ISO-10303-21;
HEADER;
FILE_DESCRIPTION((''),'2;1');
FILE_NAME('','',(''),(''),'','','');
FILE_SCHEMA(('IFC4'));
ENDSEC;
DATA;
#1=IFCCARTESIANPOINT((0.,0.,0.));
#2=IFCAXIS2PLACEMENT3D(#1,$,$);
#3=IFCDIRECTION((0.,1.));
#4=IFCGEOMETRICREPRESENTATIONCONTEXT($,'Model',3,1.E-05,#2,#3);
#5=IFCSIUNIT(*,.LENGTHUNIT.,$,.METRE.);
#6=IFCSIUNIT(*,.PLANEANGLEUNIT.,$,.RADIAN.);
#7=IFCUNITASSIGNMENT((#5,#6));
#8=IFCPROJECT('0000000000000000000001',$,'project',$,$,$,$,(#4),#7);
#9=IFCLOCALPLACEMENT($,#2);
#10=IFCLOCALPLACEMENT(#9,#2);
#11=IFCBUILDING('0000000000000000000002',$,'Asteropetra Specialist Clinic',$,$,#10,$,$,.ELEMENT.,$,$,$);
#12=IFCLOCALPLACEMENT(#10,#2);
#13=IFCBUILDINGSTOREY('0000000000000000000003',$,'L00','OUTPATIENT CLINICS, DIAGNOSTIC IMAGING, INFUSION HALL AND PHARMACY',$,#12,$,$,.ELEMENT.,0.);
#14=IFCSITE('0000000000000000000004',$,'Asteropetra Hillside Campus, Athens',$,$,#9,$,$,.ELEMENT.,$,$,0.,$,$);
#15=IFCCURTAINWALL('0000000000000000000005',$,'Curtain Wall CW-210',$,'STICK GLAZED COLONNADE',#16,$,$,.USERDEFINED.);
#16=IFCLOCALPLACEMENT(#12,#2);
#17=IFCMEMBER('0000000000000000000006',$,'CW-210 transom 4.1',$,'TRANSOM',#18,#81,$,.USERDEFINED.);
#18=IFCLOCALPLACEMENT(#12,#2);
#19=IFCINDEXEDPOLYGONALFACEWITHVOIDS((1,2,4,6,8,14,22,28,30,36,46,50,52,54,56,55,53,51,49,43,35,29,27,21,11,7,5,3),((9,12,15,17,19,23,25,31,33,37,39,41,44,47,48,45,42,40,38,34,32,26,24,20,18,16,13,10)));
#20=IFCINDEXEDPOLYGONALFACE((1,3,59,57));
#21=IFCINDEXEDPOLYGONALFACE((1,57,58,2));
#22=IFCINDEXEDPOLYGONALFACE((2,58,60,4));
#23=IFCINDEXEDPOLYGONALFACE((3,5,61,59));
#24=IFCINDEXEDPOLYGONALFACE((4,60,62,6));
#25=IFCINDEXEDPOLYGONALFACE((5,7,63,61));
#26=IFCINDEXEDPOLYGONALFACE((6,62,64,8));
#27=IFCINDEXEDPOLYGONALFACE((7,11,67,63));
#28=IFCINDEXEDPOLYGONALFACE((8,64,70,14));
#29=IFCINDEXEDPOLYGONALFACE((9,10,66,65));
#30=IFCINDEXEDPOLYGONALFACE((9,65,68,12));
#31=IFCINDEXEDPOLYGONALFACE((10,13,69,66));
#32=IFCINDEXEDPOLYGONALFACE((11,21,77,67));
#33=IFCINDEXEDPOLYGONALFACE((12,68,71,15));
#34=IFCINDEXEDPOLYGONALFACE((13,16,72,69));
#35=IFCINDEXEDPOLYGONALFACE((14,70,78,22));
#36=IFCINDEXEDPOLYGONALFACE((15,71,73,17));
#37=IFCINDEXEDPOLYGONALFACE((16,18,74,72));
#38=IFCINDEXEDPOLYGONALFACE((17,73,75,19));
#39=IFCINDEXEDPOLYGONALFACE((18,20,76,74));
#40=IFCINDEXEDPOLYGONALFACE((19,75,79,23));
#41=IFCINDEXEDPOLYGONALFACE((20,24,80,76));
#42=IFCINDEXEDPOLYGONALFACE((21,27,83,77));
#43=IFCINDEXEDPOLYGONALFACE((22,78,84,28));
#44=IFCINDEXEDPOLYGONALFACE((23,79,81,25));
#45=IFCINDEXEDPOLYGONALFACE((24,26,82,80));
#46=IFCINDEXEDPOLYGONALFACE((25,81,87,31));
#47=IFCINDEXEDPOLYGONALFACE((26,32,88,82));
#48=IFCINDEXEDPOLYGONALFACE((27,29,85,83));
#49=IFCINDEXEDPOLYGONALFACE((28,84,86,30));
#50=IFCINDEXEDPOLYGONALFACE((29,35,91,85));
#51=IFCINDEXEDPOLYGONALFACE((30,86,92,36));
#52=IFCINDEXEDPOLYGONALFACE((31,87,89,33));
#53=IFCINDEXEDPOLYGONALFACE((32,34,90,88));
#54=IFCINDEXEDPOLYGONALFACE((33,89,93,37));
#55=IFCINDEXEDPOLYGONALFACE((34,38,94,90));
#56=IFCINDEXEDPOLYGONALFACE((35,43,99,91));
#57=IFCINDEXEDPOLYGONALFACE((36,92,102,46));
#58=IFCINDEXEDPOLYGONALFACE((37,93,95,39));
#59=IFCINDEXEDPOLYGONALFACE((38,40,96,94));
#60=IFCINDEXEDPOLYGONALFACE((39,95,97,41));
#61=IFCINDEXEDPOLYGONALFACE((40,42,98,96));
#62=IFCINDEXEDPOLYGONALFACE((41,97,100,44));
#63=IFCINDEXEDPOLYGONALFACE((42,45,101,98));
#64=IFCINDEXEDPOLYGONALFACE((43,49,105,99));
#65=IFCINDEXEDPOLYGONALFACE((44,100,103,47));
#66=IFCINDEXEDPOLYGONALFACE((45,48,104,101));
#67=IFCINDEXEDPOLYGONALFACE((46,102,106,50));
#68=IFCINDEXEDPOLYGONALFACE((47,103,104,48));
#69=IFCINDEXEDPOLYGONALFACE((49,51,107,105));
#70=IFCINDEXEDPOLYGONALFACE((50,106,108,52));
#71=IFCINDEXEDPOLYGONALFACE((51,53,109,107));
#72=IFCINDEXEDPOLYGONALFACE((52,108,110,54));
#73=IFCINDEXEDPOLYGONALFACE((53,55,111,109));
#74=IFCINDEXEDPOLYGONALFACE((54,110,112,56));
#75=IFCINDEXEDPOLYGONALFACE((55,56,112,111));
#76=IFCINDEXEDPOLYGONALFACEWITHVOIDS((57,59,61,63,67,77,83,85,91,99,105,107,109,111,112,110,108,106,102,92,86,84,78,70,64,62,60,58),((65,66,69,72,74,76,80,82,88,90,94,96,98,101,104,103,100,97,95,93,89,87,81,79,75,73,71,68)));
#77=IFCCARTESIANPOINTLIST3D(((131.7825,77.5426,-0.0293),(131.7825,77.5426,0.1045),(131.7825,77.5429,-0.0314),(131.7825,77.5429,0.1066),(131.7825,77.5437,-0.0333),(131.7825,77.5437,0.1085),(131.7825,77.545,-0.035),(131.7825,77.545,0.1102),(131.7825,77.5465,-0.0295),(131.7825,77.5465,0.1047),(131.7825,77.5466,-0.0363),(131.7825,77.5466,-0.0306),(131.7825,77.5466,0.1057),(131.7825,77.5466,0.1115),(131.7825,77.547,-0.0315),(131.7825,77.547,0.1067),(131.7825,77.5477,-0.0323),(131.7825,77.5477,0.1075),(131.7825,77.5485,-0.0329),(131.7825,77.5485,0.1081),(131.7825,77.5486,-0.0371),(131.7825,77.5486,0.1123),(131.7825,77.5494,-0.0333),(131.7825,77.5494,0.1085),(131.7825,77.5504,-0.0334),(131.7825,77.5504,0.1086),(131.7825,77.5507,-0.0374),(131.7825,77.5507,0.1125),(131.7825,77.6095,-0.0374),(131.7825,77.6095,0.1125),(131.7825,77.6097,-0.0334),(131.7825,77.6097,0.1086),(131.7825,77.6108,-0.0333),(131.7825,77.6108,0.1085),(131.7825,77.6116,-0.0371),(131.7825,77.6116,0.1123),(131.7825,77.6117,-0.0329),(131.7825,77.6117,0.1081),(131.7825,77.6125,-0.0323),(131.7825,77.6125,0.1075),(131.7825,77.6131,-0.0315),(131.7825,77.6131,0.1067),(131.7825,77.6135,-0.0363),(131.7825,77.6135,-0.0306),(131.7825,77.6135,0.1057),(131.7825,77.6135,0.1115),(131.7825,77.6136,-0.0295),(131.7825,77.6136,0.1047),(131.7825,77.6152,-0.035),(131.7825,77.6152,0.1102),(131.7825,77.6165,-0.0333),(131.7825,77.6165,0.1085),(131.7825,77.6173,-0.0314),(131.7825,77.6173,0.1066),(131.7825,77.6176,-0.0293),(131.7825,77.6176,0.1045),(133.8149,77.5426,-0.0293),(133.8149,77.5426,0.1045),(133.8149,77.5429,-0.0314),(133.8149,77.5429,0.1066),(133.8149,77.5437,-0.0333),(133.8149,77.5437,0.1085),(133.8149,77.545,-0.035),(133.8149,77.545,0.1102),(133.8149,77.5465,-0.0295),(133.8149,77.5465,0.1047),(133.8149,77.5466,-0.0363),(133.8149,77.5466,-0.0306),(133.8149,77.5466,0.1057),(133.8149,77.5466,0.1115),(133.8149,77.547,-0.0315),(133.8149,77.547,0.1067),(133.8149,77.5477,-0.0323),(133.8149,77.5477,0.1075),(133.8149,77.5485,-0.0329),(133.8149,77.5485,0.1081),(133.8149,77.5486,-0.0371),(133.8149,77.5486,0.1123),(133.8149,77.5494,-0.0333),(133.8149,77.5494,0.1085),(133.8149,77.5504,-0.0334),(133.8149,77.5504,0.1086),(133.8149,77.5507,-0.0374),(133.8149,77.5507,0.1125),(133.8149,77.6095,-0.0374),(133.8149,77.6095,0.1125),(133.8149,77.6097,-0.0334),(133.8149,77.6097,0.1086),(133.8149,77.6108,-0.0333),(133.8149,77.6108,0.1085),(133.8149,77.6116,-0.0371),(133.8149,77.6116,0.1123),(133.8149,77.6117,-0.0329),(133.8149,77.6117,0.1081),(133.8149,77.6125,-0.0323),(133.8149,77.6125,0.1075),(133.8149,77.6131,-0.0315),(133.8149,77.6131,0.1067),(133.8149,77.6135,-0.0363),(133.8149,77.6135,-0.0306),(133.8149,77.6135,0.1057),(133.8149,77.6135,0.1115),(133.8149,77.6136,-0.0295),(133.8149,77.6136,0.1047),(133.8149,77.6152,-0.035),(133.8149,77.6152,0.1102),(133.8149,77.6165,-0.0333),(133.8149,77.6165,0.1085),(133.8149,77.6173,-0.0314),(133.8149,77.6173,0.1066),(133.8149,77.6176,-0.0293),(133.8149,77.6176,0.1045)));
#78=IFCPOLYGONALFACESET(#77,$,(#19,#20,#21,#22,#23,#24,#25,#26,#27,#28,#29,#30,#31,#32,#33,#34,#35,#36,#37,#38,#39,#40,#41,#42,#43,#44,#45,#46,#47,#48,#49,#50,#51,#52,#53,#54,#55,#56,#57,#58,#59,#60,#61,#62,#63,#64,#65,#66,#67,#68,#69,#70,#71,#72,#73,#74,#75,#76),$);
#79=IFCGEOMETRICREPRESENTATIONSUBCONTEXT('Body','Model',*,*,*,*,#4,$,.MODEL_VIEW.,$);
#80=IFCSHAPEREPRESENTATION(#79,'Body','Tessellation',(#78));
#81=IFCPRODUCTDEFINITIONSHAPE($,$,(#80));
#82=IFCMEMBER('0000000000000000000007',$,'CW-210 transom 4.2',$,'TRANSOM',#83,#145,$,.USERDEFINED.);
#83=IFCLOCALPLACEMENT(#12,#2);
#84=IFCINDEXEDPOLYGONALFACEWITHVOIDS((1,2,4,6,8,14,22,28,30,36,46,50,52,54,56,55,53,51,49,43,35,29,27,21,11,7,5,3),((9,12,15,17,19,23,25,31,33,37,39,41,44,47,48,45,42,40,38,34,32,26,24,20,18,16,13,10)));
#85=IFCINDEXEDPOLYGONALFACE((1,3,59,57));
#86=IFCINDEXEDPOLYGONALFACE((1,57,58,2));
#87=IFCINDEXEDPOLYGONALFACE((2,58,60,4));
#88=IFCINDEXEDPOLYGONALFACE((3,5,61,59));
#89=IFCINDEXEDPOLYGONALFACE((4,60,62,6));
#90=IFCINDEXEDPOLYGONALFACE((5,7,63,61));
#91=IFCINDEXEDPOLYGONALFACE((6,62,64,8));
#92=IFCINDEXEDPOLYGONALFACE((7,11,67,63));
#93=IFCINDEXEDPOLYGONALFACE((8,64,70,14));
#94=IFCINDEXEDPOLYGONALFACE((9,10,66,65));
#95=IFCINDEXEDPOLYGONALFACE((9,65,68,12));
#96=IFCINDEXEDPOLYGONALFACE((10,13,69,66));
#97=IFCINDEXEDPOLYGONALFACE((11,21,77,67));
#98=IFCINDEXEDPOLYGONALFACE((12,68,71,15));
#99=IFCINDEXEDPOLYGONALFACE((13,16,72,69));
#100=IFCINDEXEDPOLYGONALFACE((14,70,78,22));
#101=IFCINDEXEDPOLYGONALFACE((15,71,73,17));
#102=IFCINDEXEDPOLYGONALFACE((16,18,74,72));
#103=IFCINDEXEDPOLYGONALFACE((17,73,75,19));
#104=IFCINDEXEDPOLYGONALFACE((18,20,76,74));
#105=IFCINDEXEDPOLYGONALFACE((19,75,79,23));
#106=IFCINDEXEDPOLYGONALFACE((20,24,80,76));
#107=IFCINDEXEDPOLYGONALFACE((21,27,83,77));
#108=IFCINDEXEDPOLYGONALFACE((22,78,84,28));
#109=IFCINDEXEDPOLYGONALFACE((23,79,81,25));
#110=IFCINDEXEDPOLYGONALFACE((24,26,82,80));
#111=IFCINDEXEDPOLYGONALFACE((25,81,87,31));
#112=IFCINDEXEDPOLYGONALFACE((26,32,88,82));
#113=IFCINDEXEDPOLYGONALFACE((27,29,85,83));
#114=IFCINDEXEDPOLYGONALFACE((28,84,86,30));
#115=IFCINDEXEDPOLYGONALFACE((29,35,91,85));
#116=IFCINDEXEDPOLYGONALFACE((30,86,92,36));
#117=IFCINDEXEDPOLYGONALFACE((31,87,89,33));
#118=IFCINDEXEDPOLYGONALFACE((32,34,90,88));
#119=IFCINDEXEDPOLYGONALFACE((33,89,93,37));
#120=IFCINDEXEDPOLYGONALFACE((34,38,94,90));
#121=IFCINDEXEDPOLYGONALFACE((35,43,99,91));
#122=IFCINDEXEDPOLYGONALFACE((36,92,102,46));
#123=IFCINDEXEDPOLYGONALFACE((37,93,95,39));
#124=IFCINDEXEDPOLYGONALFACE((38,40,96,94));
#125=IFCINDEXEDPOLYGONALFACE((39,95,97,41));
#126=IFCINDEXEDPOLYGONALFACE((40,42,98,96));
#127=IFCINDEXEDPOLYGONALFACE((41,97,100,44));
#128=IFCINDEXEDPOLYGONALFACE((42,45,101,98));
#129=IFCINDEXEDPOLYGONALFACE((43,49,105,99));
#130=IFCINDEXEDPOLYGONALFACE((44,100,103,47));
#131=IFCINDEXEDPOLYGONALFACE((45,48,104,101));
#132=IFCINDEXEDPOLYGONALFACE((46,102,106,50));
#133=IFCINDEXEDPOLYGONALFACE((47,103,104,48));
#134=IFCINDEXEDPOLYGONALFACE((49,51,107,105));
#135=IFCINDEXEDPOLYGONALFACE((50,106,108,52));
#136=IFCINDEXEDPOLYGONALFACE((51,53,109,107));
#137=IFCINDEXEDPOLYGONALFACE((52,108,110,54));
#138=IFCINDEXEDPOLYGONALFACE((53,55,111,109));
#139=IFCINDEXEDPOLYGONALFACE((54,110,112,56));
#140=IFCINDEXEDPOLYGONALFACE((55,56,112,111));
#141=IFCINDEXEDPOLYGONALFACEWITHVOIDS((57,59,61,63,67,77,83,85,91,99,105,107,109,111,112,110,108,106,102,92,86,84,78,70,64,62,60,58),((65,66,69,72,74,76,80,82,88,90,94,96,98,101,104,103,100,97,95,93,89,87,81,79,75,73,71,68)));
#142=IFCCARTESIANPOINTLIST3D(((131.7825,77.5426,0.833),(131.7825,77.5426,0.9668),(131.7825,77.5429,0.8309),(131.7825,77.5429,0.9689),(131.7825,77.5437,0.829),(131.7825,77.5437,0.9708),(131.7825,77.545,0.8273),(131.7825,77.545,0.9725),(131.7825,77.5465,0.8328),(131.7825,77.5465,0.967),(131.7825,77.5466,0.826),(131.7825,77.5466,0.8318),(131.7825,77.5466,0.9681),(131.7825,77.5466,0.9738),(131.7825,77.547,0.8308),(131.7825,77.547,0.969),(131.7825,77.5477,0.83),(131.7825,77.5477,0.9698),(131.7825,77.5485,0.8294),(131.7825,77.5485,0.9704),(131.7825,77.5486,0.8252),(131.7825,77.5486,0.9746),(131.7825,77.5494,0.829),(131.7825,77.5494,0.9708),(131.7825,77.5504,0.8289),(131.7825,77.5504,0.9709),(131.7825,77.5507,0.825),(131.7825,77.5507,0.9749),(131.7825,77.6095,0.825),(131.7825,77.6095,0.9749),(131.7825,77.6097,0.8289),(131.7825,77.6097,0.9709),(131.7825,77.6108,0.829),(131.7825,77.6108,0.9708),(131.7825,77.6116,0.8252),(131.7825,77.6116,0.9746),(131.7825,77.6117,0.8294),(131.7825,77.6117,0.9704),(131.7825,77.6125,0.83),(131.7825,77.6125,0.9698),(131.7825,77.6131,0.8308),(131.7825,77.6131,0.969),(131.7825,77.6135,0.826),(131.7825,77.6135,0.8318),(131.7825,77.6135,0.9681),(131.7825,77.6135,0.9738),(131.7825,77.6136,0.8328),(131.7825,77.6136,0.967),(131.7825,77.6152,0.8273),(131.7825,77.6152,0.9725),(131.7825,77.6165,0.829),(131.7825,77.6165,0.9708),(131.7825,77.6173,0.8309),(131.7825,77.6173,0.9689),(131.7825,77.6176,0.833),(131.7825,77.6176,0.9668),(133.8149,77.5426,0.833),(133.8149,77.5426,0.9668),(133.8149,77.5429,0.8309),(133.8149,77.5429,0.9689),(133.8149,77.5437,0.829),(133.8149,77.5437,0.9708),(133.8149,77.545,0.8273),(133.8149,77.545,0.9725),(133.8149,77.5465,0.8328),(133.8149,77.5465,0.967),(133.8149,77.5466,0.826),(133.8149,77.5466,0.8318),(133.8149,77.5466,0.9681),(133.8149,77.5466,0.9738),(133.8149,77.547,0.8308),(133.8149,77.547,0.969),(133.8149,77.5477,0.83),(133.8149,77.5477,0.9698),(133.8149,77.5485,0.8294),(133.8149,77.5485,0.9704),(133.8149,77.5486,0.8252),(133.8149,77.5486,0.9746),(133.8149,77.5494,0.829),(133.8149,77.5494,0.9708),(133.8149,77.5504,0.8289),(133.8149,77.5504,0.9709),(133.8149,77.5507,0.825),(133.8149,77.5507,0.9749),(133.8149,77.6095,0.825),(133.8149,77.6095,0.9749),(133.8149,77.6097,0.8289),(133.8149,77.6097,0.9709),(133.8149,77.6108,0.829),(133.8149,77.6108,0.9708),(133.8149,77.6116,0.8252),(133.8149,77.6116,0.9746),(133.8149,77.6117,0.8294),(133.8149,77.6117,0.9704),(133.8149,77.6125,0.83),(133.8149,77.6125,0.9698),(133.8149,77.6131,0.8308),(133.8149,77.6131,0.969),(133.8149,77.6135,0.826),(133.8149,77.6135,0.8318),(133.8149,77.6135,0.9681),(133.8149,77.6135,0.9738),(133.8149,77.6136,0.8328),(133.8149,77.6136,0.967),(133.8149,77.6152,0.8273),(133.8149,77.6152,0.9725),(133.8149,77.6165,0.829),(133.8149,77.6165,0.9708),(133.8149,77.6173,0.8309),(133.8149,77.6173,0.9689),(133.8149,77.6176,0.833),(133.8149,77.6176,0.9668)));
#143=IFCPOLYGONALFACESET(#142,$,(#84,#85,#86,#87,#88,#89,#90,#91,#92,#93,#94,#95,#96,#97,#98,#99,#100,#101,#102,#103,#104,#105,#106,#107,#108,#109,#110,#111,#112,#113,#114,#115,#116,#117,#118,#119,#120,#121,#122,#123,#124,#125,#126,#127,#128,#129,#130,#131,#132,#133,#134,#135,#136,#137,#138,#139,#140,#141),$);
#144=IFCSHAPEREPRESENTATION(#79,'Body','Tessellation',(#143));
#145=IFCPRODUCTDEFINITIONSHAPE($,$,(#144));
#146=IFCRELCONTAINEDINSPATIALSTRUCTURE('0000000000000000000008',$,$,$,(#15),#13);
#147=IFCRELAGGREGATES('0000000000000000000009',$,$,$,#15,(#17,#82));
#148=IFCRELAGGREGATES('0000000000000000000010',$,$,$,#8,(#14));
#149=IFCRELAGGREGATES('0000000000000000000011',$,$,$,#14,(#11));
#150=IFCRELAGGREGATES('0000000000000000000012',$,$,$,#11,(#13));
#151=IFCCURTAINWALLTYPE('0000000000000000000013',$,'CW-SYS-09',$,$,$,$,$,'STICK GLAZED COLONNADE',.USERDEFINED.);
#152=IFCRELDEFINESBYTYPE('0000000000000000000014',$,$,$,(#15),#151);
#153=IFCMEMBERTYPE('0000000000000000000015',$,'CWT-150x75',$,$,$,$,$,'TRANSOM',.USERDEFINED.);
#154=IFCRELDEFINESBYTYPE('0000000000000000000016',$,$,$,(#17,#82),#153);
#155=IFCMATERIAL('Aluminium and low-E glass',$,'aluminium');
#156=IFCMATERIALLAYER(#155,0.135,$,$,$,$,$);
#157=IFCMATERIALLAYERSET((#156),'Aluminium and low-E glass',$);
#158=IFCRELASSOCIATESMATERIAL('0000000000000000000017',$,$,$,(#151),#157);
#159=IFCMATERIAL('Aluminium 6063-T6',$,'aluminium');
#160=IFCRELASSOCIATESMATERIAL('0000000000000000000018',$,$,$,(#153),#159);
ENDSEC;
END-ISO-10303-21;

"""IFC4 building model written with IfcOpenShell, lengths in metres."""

from ifc_helpers import new_model, si_unit, direction, frame, origin, origin_2d, place, context, subcontext, project, spatial, hollow_rectangle, extrude, material, layer, layer_set, material_profile, profile_set, type_object, element, aggregate, save


model = new_model("IFC4")

# Units and contexts
model_context = context("Model", 3, precision=1e-05, world=origin(), true_north=direction((0.0, 1.0)))
body_context = subcontext(model_context, "Body", "Model", "MODEL_VIEW")
ifc_project = project(units=[si_unit("LENGTHUNIT", "METRE"), si_unit("PLANEANGLEUNIT", "RADIAN")], contexts=[model_context])

# Site, building, storey
site_placement = place(None, origin())
site = spatial("IfcSite", under=ifc_project, at=site_placement, Name="Asteropetra Hillside Campus, Athens", CompositionType="ELEMENT", RefElevation=0.0)
building_placement = place(site_placement, origin())
building = spatial("IfcBuilding", under=site, at=building_placement, Name="Asteropetra Specialist Clinic", CompositionType="ELEMENT")
storey_placement = place(building_placement, origin())
storey = spatial("IfcBuildingStorey", under=building, at=storey_placement, Name="L00", Description="OUTPATIENT CLINICS, DIAGNOSTIC IMAGING, INFUSION HALL AND PHARMACY", CompositionType="ELEMENT", Elevation=0.0)

# Curtain wall, members
ifc_material_1 = material(Name="Aluminium and low-E glass", Category="aluminium")
ifc_layer_1 = layer(ifc_material_1, 0.135)
ifc_layer_set_1 = layer_set([ifc_layer_1], Name="Aluminium and low-E glass")
curtain_wall_type = type_object("IfcCurtainWallType", Name="CW-SYS-09", ElementType="STICK GLAZED COLONNADE", PredefinedType="USERDEFINED", material=ifc_layer_set_1)
curtain_wall_placement = place(storey_placement, origin())
curtain_wall = element("IfcCurtainWall", 1, at=curtain_wall_placement, inside=storey, type_object=curtain_wall_type, Name="Curtain Wall CW-210", ObjectType="STICK GLAZED COLONNADE", PredefinedType="USERDEFINED")
ifc_material_2 = material(Name="Aluminium 6063-T6", Category="aluminium")
ifc_material_profile_1 = material_profile(ifc_material_2, hollow_rectangle(XDim=0.075, YDim=0.1499, WallThickness=0.0039, InnerFilletRadius=0.0039, OuterFilletRadius=0.0081, at=origin_2d()), Name="TRN 150x75x4.0")
ifc_profile_set_1 = profile_set([ifc_material_profile_1], Name="Aluminium 6063-T6")
member_type_1 = type_object("IfcMemberType", Name="CWT-150x75", ElementType="TRANSOM", PredefinedType="USERDEFINED", material=ifc_profile_set_1)
member_1_placement = place(storey_placement, frame((131.7825, 77.5801, 0.0376), z_axis=(1.0, 0.0, 0.0), x_axis=(0.0, 1.0, 0.0)))
member_1 = element("IfcMember", 2, at=member_1_placement, type_object=member_type_1, Name="CW-210 transom 4.1", ObjectType="TRANSOM", PredefinedType="USERDEFINED", context=body_context, shape_type="SweptSolid", body=[
    extrude(hollow_rectangle(XDim=0.075, YDim=0.1499, WallThickness=0.0039, InnerFilletRadius=0.0039, OuterFilletRadius=0.0081, at=origin_2d()), origin(), (0.0, 0.0, 1.0), 2.0325),
])
member_2_placement = place(storey_placement, frame((131.7825, 77.5801, 0.8999), z_axis=(1.0, 0.0, 0.0), x_axis=(0.0, 1.0, 0.0)))
member_2 = element("IfcMember", 3, at=member_2_placement, type_object=member_type_1, Name="CW-210 transom 4.2", ObjectType="TRANSOM", PredefinedType="USERDEFINED", context=body_context, shape_type="SweptSolid", body=[
    extrude(hollow_rectangle(XDim=0.075, YDim=0.1499, WallThickness=0.0039, InnerFilletRadius=0.0039, OuterFilletRadius=0.0081, at=origin_2d()), origin(), (0.0, 0.0, 1.0), 2.0325),
])
aggregate(curtain_wall, [member_1, member_2])

save(model, "model.ifc")
